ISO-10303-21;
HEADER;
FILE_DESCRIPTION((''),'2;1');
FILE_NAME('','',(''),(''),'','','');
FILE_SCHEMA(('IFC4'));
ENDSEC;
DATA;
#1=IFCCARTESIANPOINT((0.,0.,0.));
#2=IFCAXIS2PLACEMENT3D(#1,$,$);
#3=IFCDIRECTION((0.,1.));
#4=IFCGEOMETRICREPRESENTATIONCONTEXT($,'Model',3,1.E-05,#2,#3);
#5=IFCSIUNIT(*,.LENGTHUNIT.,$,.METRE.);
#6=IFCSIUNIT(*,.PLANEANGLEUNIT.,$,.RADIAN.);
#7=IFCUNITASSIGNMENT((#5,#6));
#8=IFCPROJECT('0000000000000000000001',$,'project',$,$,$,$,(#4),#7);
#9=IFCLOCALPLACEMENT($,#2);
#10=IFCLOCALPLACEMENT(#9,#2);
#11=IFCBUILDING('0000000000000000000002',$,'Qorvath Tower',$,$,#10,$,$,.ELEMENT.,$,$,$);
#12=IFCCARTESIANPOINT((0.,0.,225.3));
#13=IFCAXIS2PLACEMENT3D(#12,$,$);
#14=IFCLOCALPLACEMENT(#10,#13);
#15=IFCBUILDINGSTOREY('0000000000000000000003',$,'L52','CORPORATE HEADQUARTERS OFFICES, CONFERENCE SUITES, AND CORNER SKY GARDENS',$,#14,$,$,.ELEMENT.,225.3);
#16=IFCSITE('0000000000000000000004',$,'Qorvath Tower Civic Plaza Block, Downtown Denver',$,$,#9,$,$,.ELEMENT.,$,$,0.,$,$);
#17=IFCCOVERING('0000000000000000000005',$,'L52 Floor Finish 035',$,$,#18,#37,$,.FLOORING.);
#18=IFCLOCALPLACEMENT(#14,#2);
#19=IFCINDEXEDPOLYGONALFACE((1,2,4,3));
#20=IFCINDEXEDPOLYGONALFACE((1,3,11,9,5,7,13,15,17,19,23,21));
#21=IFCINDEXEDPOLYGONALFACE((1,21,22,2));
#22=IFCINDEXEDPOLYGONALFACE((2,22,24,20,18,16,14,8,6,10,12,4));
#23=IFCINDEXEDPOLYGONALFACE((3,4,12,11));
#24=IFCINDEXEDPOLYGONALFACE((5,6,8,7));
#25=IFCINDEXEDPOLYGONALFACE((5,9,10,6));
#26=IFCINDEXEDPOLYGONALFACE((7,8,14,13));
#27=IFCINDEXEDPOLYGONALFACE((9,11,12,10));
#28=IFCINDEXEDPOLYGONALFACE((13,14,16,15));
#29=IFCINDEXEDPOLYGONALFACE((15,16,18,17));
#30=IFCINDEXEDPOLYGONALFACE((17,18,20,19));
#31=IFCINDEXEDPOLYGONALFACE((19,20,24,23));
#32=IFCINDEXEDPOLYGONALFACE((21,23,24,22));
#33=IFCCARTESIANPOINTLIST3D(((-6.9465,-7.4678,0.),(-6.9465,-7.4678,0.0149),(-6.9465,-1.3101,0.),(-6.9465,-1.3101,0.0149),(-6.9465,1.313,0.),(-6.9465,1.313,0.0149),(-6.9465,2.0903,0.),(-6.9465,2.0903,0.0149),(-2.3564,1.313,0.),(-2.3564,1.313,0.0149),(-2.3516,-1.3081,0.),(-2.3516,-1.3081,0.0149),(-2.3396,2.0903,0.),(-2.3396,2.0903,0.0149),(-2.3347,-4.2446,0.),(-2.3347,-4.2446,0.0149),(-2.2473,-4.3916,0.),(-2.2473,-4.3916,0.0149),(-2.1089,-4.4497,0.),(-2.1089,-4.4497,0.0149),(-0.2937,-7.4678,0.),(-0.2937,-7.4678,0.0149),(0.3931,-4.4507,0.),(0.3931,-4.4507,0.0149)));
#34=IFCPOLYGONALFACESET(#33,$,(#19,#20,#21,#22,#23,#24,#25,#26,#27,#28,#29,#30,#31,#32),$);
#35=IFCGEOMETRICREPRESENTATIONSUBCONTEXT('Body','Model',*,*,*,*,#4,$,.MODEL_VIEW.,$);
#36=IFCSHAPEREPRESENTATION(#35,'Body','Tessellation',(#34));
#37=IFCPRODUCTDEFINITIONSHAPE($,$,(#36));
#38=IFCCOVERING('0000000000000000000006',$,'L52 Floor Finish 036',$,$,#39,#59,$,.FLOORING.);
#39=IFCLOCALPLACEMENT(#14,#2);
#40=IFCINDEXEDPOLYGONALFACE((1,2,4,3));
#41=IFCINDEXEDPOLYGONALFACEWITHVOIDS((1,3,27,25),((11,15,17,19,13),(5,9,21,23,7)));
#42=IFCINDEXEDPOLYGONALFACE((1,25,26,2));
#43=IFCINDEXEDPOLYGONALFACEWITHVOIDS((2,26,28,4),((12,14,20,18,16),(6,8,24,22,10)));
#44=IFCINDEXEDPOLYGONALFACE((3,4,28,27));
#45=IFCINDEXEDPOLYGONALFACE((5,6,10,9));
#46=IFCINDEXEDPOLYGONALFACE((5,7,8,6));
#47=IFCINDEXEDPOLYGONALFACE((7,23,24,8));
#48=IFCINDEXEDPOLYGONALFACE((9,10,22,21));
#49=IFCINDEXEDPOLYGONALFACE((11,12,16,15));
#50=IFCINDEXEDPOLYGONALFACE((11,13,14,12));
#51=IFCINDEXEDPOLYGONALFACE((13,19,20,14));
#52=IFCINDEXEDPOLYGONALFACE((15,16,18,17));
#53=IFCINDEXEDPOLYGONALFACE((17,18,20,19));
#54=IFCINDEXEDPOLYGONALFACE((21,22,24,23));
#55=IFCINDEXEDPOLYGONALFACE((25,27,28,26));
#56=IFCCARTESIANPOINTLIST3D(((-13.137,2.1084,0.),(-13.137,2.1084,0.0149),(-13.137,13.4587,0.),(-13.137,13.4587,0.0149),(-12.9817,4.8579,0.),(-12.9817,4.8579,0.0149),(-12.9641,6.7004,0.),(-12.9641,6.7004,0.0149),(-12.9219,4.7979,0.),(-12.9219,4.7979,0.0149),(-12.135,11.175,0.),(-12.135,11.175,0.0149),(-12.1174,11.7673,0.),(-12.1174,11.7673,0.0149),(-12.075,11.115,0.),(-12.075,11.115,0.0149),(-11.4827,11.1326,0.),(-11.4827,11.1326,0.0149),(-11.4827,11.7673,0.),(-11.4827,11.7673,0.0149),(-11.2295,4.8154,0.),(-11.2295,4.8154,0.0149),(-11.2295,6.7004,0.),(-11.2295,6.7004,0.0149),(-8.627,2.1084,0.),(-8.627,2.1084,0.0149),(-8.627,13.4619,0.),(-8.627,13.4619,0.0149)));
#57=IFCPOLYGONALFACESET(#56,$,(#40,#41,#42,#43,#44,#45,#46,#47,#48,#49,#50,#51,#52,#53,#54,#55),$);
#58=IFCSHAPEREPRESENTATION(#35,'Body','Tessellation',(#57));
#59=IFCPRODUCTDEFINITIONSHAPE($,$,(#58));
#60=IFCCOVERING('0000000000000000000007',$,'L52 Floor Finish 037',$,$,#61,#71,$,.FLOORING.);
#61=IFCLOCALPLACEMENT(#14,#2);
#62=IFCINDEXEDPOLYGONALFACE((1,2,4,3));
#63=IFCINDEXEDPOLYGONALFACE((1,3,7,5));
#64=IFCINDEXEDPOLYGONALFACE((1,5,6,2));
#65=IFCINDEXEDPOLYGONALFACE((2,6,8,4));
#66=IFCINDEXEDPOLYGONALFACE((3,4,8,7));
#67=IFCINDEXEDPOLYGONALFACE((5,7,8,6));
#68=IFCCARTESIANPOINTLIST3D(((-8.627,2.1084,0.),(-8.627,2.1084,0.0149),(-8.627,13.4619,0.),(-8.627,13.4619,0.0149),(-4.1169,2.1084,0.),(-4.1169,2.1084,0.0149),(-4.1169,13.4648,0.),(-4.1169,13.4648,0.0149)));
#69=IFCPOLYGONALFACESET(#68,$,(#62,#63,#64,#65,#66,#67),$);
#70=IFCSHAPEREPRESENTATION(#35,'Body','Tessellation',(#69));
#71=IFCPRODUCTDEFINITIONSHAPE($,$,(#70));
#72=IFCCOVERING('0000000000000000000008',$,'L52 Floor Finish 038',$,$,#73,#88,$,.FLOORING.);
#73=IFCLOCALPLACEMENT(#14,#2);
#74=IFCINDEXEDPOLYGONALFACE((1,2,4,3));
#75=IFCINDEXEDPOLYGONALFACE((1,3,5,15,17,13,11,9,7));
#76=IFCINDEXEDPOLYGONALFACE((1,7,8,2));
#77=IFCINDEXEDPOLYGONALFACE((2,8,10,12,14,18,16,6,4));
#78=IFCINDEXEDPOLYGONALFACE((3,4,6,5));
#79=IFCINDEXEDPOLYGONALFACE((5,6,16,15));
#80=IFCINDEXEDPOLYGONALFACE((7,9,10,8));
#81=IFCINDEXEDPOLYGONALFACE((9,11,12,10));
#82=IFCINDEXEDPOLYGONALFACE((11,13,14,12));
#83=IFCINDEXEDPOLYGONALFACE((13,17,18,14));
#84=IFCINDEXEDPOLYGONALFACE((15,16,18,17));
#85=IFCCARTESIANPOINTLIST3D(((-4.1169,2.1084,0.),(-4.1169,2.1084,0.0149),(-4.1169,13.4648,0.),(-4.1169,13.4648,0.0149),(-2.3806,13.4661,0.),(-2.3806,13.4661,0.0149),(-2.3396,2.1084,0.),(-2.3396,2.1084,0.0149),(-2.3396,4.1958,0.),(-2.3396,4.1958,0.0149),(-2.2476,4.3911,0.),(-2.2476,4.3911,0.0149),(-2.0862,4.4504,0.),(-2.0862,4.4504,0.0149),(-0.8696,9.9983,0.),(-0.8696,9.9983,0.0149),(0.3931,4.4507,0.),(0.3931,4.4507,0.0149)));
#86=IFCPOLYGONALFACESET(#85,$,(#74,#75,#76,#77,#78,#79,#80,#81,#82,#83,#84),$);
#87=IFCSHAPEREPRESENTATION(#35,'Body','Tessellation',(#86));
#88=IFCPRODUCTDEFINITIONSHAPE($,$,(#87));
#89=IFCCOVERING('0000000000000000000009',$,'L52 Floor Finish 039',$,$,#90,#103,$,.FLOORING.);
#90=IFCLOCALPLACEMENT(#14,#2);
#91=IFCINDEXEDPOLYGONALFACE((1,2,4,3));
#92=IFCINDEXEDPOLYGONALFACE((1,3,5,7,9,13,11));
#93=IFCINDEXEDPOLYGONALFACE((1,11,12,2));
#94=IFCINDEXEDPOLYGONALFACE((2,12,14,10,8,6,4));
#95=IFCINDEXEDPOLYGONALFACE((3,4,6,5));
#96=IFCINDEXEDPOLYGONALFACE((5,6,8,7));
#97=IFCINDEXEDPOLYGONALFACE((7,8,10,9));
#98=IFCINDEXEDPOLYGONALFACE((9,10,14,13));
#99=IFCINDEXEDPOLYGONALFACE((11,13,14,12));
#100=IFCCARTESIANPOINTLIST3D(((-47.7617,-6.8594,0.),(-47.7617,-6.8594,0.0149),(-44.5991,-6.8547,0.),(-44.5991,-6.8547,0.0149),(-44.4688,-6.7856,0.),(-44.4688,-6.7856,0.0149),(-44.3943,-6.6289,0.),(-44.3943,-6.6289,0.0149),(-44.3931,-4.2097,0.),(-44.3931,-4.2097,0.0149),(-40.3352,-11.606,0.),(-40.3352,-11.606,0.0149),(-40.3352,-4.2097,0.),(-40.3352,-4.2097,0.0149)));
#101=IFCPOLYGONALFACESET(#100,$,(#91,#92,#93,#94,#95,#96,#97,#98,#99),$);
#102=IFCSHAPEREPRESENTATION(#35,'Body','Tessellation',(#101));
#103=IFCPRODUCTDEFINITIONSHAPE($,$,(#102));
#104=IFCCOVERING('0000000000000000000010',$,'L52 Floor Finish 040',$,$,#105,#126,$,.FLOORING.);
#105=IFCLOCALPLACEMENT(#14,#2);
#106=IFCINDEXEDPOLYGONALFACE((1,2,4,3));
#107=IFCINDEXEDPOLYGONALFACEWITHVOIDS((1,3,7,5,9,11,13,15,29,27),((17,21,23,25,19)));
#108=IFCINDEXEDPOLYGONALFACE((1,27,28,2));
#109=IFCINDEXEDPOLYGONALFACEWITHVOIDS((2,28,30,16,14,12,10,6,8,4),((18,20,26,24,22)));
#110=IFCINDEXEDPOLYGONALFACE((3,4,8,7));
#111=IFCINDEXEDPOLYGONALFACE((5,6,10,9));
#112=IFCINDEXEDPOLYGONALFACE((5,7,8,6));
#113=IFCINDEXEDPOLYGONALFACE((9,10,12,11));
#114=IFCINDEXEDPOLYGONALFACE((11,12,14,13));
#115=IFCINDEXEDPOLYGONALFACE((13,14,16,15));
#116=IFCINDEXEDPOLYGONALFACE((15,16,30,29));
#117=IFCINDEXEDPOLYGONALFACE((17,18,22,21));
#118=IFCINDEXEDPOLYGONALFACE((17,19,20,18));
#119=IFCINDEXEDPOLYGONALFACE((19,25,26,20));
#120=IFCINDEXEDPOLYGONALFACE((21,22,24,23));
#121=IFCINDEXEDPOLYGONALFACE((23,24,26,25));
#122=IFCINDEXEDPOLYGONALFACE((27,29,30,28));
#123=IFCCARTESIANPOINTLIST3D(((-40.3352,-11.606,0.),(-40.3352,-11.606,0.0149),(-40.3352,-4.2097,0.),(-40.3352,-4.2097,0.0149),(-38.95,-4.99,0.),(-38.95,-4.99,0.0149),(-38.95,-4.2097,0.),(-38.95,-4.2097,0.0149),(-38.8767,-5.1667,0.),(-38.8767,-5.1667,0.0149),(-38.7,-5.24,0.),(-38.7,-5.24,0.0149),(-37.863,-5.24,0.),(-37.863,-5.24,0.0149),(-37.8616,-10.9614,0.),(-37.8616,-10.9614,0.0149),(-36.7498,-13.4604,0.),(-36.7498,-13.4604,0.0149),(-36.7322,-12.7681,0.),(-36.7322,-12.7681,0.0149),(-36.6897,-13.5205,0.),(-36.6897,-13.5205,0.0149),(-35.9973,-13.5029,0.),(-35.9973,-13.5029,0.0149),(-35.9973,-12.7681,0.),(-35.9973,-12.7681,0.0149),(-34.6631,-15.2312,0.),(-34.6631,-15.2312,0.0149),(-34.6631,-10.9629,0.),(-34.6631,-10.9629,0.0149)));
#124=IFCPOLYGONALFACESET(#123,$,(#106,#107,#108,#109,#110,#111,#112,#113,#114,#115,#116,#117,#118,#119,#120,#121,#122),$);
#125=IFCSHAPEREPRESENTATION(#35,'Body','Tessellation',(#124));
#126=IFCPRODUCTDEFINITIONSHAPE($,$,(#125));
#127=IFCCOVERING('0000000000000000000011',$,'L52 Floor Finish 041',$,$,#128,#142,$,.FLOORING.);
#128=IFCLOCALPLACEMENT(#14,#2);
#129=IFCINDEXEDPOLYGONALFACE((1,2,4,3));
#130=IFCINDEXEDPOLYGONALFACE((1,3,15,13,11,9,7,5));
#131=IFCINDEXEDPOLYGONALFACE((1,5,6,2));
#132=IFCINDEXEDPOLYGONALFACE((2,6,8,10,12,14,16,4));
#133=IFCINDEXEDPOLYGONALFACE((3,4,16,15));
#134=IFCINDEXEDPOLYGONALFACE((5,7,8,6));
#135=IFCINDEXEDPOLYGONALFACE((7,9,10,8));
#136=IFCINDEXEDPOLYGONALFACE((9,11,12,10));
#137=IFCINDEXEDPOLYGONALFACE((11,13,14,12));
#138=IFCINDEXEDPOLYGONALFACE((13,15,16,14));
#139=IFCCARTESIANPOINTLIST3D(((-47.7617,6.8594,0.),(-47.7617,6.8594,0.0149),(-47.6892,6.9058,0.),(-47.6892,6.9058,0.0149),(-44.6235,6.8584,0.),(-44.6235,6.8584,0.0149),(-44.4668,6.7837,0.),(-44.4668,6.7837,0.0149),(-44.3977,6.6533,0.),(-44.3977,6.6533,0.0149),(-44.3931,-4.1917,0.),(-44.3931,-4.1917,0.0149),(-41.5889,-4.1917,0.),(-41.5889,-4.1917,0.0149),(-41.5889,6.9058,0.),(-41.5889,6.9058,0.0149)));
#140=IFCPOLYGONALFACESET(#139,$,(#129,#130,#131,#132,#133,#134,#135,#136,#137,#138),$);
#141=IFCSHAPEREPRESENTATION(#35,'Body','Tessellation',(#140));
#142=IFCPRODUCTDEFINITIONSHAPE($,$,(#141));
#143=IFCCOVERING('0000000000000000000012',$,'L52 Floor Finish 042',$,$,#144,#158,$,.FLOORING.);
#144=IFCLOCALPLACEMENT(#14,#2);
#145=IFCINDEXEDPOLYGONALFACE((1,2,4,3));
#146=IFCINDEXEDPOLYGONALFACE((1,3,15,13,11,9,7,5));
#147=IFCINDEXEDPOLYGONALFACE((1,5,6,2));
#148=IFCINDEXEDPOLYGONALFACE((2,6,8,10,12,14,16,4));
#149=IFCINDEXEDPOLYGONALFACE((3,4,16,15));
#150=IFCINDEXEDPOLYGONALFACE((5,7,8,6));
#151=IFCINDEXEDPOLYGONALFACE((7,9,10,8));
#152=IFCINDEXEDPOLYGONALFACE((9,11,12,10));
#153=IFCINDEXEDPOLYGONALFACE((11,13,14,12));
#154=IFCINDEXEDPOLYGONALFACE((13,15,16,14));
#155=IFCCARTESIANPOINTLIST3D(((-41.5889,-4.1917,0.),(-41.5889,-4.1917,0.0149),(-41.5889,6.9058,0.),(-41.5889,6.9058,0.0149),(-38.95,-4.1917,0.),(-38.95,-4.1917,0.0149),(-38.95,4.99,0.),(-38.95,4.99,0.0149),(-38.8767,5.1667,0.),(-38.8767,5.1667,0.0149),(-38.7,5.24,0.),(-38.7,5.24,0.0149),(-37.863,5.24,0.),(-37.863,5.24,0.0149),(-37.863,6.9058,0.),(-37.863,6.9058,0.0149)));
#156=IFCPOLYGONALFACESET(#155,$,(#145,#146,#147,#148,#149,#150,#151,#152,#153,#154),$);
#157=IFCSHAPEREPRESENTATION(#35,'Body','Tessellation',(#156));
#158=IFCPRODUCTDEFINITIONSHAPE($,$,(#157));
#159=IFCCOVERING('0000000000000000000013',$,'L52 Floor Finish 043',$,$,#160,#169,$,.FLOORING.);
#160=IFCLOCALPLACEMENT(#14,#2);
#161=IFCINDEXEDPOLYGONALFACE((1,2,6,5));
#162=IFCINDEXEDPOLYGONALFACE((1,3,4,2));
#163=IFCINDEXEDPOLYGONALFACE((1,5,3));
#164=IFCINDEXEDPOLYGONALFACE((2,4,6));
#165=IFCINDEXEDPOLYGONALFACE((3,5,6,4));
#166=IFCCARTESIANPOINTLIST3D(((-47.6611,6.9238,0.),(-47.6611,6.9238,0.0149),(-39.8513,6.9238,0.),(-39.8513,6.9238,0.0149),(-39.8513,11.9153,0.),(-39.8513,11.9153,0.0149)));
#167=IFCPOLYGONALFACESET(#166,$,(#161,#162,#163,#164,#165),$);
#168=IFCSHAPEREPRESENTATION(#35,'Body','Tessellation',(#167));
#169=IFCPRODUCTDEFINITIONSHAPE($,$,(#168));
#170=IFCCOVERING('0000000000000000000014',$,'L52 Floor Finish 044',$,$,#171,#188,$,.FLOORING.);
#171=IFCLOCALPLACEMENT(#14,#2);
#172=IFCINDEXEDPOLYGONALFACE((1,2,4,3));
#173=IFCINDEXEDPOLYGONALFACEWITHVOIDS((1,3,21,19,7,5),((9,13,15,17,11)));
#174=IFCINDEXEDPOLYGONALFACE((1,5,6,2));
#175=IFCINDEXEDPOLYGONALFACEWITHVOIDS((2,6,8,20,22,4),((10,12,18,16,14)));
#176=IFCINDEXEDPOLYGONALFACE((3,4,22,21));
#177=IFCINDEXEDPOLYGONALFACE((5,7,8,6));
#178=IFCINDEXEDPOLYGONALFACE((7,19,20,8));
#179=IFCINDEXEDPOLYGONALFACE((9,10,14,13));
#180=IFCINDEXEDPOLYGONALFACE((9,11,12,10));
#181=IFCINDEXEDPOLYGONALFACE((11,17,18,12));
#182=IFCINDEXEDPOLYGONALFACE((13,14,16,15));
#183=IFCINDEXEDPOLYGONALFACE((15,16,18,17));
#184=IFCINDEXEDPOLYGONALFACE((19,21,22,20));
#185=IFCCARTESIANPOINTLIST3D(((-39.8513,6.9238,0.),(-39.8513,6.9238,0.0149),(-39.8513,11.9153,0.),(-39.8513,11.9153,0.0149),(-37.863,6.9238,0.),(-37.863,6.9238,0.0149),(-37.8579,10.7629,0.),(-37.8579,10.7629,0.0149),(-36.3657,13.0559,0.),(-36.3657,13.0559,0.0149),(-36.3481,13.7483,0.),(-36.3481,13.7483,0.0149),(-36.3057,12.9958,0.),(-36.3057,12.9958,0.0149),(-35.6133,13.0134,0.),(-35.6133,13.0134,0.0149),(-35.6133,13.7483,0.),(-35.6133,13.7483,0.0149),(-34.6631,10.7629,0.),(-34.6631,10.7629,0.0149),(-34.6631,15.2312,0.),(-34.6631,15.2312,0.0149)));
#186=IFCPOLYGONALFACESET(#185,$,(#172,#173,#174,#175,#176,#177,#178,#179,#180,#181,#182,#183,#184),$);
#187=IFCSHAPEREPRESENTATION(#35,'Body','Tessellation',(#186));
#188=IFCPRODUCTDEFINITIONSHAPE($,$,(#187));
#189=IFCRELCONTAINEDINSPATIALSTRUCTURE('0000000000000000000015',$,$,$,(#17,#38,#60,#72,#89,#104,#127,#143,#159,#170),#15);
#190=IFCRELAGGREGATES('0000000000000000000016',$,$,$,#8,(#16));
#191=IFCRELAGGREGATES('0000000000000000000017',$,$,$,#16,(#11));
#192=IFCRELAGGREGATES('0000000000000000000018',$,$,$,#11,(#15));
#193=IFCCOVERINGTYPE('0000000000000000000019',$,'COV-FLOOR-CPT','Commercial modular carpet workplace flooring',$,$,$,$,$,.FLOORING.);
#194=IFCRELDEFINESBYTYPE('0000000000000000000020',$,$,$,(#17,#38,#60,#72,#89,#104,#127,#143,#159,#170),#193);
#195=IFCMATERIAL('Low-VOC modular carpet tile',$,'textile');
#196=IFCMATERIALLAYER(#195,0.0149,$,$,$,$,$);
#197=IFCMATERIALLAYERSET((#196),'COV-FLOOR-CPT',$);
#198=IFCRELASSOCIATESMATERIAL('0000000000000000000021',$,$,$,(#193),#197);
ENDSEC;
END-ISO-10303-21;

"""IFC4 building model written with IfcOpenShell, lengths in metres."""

from ifc_helpers import new_model, si_unit, direction, frame, origin, place, context, subcontext, project, spatial, polyline, outline, extrude, material, layer, layer_set, type_object, element, save


model = new_model("IFC4")

# Units and contexts
model_context = context("Model", 3, precision=1e-05, world=origin(), true_north=direction((0.0, 1.0)))
body_context = subcontext(model_context, "Body", "Model", "MODEL_VIEW")
ifc_project = project(units=[si_unit("LENGTHUNIT", "METRE"), si_unit("PLANEANGLEUNIT", "RADIAN")], contexts=[model_context])

# Site, building, storey
site_placement = place(None, origin())
site = spatial("IfcSite", under=ifc_project, at=site_placement, Name="Qorvath Tower Civic Plaza Block, Downtown Denver", CompositionType="ELEMENT", RefElevation=0.0)
building_placement = place(site_placement, origin())
building = spatial("IfcBuilding", under=site, at=building_placement, Name="Qorvath Tower", CompositionType="ELEMENT")
storey_placement = place(building_placement, frame((0.0, 0.0, 225.3)))
storey = spatial("IfcBuildingStorey", under=building, at=storey_placement, Name="L52", Description="CORPORATE HEADQUARTERS OFFICES, CONFERENCE SUITES, AND CORNER SKY GARDENS", CompositionType="ELEMENT", Elevation=225.3)

# Coverings
ifc_material_1 = material(Name="Low-VOC modular carpet tile", Category="textile")
ifc_layer_1 = layer(ifc_material_1, 0.0149)
ifc_layer_set_1 = layer_set([ifc_layer_1], Name="COV-FLOOR-CPT")
covering_type_1 = type_object("IfcCoveringType", Name="COV-FLOOR-CPT", Description="Commercial modular carpet workplace flooring", PredefinedType="FLOORING", material=ifc_layer_set_1)
covering_1_placement = place(storey_placement, origin())
element("IfcCovering", 1, at=covering_1_placement, inside=storey, type_object=covering_type_1, Name="L52 Floor Finish 035", PredefinedType="FLOORING", context=body_context, shape_type="SweptSolid", body=[
    extrude(outline(polyline([(-2.2473, -4.3916), (-2.3347, -4.2446), (-2.3396, 2.0903), (-6.9465, 2.0903), (-6.9465, 1.313), (-2.3564, 1.313), (-2.3516, -1.3081), (-6.9465, -1.3101), (-6.9465, -7.4678), (-0.2937, -7.4678), (0.3931, -4.4507), (-2.1089, -4.4497), (-2.2473, -4.3916)])), origin(), (0.0, 0.0, 1.0), 0.0149),
])
covering_2_placement = place(storey_placement, origin())
element("IfcCovering", 2, at=covering_2_placement, inside=storey, type_object=covering_type_1, Name="L52 Floor Finish 036", PredefinedType="FLOORING", context=body_context, shape_type="SweptSolid", body=[
    extrude(outline(polyline([(-8.627, 2.1084), (-8.627, 13.4619), (-13.137, 13.4587), (-13.137, 2.1084), (-8.627, 2.1084)]), holes=[polyline([(-12.9817, 4.8579), (-12.9641, 6.7004), (-11.2295, 6.7004), (-11.2295, 4.8154), (-12.9219, 4.7979), (-12.9817, 4.8579)]), polyline([(-12.135, 11.175), (-12.1174, 11.7673), (-11.4827, 11.7673), (-11.4827, 11.1326), (-12.075, 11.115), (-12.135, 11.175)])]), origin(), (0.0, 0.0, 1.0), 0.0149),
])
covering_3_placement = place(storey_placement, origin())
element("IfcCovering", 3, at=covering_3_placement, inside=storey, type_object=covering_type_1, Name="L52 Floor Finish 037", PredefinedType="FLOORING", context=body_context, shape_type="SweptSolid", body=[
    extrude(outline(polyline([(-4.1169, 2.1084), (-4.1169, 13.4648), (-8.627, 13.4619), (-8.627, 2.1084), (-4.1169, 2.1084)])), origin(), (0.0, 0.0, 1.0), 0.0149),
])
covering_4_placement = place(storey_placement, origin())
element("IfcCovering", 4, at=covering_4_placement, inside=storey, type_object=covering_type_1, Name="L52 Floor Finish 038", PredefinedType="FLOORING", context=body_context, shape_type="SweptSolid", body=[
    extrude(outline(polyline([(-2.0862, 4.4504), (0.3931, 4.4507), (-0.8696, 9.9983), (-2.3806, 13.4661), (-4.1169, 13.4648), (-4.1169, 2.1084), (-2.3396, 2.1084), (-2.3396, 4.1958), (-2.2476, 4.3911), (-2.0862, 4.4504)])), origin(), (0.0, 0.0, 1.0), 0.0149),
])
covering_5_placement = place(storey_placement, origin())
element("IfcCovering", 5, at=covering_5_placement, inside=storey, type_object=covering_type_1, Name="L52 Floor Finish 039", PredefinedType="FLOORING", context=body_context, shape_type="SweptSolid", body=[
    extrude(outline(polyline([(-44.4688, -6.7856), (-44.5991, -6.8547), (-47.7617, -6.8594), (-40.3352, -11.606), (-40.3352, -4.2097), (-44.3931, -4.2097), (-44.3943, -6.6289), (-44.4688, -6.7856)])), origin(), (0.0, 0.0, 1.0), 0.0149),
])
covering_6_placement = place(storey_placement, origin())
element("IfcCovering", 6, at=covering_6_placement, inside=storey, type_object=covering_type_1, Name="L52 Floor Finish 040", PredefinedType="FLOORING", context=body_context, shape_type="SweptSolid", body=[
    extrude(outline(polyline([(-40.3352, -4.2097), (-40.3352, -11.606), (-34.6631, -15.2312), (-34.6631, -10.9629), (-37.8616, -10.9614), (-37.863, -5.24), (-38.7, -5.24), (-38.8767, -5.1667), (-38.95, -4.99), (-38.95, -4.2097), (-40.3352, -4.2097)]), holes=[polyline([(-36.7498, -13.4604), (-36.7322, -12.7681), (-35.9973, -12.7681), (-35.9973, -13.5029), (-36.6897, -13.5205), (-36.7498, -13.4604)])]), origin(), (0.0, 0.0, 1.0), 0.0149),
])
covering_7_placement = place(storey_placement, origin())
element("IfcCovering", 7, at=covering_7_placement, inside=storey, type_object=covering_type_1, Name="L52 Floor Finish 041", PredefinedType="FLOORING", context=body_context, shape_type="SweptSolid", body=[
    extrude(outline(polyline([(-44.4668, 6.7837), (-44.3977, 6.6533), (-44.3931, -4.1917), (-41.5889, -4.1917), (-41.5889, 6.9058), (-47.6892, 6.9058), (-47.7617, 6.8594), (-44.6235, 6.8584), (-44.4668, 6.7837)])), origin(), (0.0, 0.0, 1.0), 0.0149),
])
covering_8_placement = place(storey_placement, origin())
element("IfcCovering", 8, at=covering_8_placement, inside=storey, type_object=covering_type_1, Name="L52 Floor Finish 042", PredefinedType="FLOORING", context=body_context, shape_type="SweptSolid", body=[
    extrude(outline(polyline([(-41.5889, 6.9058), (-41.5889, -4.1917), (-38.95, -4.1917), (-38.95, 4.99), (-38.8767, 5.1667), (-38.7, 5.24), (-37.863, 5.24), (-37.863, 6.9058), (-41.5889, 6.9058)])), origin(), (0.0, 0.0, 1.0), 0.0149),
])
covering_9_placement = place(storey_placement, origin())
element("IfcCovering", 9, at=covering_9_placement, inside=storey, type_object=covering_type_1, Name="L52 Floor Finish 043", PredefinedType="FLOORING", context=body_context, shape_type="SweptSolid", body=[
    extrude(outline(polyline([(-39.8513, 6.9238), (-39.8513, 11.9153), (-47.6611, 6.9238), (-39.8513, 6.9238)])), origin(), (0.0, 0.0, 1.0), 0.0149),
])
covering_10_placement = place(storey_placement, origin())
element("IfcCovering", 10, at=covering_10_placement, inside=storey, type_object=covering_type_1, Name="L52 Floor Finish 044", PredefinedType="FLOORING", context=body_context, shape_type="SweptSolid", body=[
    extrude(outline(polyline([(-37.8579, 10.7629), (-34.6631, 10.7629), (-34.6631, 15.2312), (-39.8513, 11.9153), (-39.8513, 6.9238), (-37.863, 6.9238), (-37.8579, 10.7629)]), holes=[polyline([(-36.3657, 13.0559), (-36.3481, 13.7483), (-35.6133, 13.7483), (-35.6133, 13.0134), (-36.3057, 12.9958), (-36.3657, 13.0559)])]), origin(), (0.0, 0.0, 1.0), 0.0149),
])

save(model, "model.ifc")
